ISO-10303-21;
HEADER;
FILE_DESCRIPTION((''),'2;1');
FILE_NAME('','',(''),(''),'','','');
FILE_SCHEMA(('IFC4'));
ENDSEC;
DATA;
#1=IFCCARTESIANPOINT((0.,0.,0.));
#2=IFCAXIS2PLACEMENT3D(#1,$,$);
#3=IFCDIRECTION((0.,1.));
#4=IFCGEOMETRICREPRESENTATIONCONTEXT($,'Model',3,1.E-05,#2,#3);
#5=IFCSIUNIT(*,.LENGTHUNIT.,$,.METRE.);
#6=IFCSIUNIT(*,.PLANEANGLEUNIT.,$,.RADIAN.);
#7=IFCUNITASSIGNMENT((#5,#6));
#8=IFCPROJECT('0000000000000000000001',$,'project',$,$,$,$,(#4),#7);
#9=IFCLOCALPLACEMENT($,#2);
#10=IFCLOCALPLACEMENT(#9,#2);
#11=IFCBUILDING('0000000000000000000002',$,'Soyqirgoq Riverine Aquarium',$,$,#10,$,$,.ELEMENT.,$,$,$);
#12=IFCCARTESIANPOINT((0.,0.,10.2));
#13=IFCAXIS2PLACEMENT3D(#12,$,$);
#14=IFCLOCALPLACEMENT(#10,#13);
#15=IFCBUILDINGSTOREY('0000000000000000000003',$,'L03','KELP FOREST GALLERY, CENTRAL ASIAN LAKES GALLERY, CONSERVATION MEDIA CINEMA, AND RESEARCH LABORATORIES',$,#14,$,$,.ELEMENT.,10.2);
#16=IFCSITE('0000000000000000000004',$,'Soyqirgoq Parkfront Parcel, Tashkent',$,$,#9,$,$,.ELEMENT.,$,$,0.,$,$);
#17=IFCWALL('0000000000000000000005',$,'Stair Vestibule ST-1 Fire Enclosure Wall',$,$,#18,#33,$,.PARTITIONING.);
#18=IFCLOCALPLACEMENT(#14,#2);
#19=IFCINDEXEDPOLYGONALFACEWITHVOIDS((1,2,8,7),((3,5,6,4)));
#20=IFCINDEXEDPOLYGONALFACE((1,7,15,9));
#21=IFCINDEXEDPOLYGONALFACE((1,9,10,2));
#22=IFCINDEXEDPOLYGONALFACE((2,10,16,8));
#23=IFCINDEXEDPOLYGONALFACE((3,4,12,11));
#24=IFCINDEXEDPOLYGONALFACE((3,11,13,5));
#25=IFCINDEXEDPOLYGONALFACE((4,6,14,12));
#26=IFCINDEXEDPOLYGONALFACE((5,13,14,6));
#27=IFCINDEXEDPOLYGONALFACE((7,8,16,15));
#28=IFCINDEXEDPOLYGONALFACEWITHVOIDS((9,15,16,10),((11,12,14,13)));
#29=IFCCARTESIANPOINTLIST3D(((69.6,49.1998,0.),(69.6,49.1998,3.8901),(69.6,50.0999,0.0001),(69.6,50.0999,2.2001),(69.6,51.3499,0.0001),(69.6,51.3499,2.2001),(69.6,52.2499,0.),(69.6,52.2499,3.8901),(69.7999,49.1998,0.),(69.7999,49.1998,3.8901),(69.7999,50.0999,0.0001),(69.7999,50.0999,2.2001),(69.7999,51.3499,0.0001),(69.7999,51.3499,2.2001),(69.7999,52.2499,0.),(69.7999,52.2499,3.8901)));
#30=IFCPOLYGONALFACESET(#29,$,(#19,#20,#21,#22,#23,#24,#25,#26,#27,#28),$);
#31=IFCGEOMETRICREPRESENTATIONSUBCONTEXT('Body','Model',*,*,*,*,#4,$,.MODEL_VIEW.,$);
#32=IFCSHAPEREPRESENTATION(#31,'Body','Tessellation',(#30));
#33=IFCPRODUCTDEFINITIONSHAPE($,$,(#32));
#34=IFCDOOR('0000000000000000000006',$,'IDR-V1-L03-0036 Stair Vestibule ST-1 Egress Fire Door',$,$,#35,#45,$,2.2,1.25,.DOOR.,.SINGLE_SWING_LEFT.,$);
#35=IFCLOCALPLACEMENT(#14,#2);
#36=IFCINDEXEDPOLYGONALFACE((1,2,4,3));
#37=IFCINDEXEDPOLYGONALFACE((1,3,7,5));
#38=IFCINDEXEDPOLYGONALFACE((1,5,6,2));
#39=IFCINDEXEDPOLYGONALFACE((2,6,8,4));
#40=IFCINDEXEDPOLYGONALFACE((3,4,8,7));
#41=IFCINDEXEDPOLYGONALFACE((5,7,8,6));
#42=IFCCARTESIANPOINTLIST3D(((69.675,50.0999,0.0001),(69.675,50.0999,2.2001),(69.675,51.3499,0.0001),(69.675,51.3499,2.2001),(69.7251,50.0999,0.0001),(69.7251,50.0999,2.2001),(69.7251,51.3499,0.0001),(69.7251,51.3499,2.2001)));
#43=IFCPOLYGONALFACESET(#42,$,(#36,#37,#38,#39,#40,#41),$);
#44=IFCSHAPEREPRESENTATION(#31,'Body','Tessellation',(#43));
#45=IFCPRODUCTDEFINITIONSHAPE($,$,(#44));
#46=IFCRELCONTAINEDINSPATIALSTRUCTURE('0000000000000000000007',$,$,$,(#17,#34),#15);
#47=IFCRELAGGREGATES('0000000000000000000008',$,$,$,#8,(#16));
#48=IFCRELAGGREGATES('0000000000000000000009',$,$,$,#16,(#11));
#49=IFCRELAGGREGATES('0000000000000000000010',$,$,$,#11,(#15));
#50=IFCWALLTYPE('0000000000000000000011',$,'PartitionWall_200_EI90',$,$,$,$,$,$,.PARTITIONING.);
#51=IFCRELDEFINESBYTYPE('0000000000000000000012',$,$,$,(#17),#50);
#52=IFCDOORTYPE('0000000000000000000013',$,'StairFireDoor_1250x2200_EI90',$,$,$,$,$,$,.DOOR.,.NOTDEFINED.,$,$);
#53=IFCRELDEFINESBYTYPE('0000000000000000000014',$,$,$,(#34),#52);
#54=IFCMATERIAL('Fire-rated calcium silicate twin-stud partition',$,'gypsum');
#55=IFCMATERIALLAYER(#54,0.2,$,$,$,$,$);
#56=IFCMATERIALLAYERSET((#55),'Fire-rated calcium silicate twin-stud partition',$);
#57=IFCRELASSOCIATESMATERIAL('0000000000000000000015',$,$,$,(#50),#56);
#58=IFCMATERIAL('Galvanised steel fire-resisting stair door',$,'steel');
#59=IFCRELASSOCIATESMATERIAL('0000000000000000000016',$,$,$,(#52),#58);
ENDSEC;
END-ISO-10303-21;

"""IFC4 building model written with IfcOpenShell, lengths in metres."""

from ifc_helpers import new_model, si_unit, direction, frame, frame_2d, origin, place, context, subcontext, project, spatial, rectangle, extrude, material, layer, layer_set, type_object, element, fill, save


model = new_model("IFC4")

# Units and contexts
model_context = context("Model", 3, precision=1e-05, world=origin(), true_north=direction((0.0, 1.0)))
body_context = subcontext(model_context, "Body", "Model", "MODEL_VIEW")
ifc_project = project(units=[si_unit("LENGTHUNIT", "METRE"), si_unit("PLANEANGLEUNIT", "RADIAN")], contexts=[model_context])

# Site, building, storey
site_placement = place(None, origin())
site = spatial("IfcSite", under=ifc_project, at=site_placement, Name="Soyqirgoq Parkfront Parcel, Tashkent", CompositionType="ELEMENT", RefElevation=0.0)
building_placement = place(site_placement, origin())
building = spatial("IfcBuilding", under=site, at=building_placement, Name="Soyqirgoq Riverine Aquarium", CompositionType="ELEMENT")
storey_placement = place(building_placement, frame((0.0, 0.0, 10.2)))
storey = spatial("IfcBuildingStorey", under=building, at=storey_placement, Name="L03", Description="KELP FOREST GALLERY, CENTRAL ASIAN LAKES GALLERY, CONSERVATION MEDIA CINEMA, AND RESEARCH LABORATORIES", CompositionType="ELEMENT", Elevation=10.2)

# Shared definitions
ifc_material_1 = material(Name="Fire-rated calcium silicate twin-stud partition", Category="gypsum")
ifc_layer_1 = layer(ifc_material_1, 0.2)
ifc_layer_set_1 = layer_set([ifc_layer_1], Name="Fire-rated calcium silicate twin-stud partition")
wall_type_1 = type_object("IfcWallType", Name="PartitionWall_200_EI90", PredefinedType="PARTITIONING", material=ifc_layer_set_1)

# Wall, opening, door
wall_1_placement = place(storey_placement, frame((69.7, 49.2, 0.0), z_axis=(0.0, 0.0, 1.0), x_axis=(0.0, 1.0, 0.0)))
wall_1 = element("IfcWall", 1, at=wall_1_placement, inside=storey, type_object=wall_type_1, Name="Stair Vestibule ST-1 Fire Enclosure Wall", PredefinedType="PARTITIONING", context=body_context, shape_type="SweptSolid", body=[
    extrude(rectangle(XDim=3.05, YDim=0.2, at=frame_2d((1.5249, 0.0))), origin(), (0.0, 0.0, 1.0), 3.8901),
])
opening_1_placement = place(wall_1_placement, frame((0.8999, 0.0, 0.0)))
opening_1 = element("IfcOpeningElement", 2, at=opening_1_placement, cuts=wall_1, PredefinedType="OPENING", context=body_context, shape_type="SweptSolid", body=[
    extrude(rectangle(XDim=1.25, YDim=2.2, at=frame_2d((0.625, 1.1001))), frame((0.0, 0.1099, 0.0), z_axis=(0.0, -1.0, 0.0), x_axis=(1.0, 0.0, 0.0)), (0.0, 0.0, 1.0), 0.22),
])
ifc_material_2 = material(Name="Galvanised steel fire-resisting stair door", Category="steel")
door_type_1 = type_object("IfcDoorType", Name="StairFireDoor_1250x2200_EI90", OperationType="NOTDEFINED", PredefinedType="DOOR", material=ifc_material_2)
door_1_placement = place(opening_1_placement, origin())
door_1 = element("IfcDoor", 3, at=door_1_placement, inside=storey, type_object=door_type_1, Name="IDR-V1-L03-0036 Stair Vestibule ST-1 Egress Fire Door", OperationType="SINGLE_SWING_LEFT", OverallHeight=2.2, OverallWidth=1.25, PredefinedType="DOOR", context=body_context, shape_type="SweptSolid", body=[
    extrude(rectangle(XDim=1.25, YDim=2.2, at=frame_2d((0.625, 1.1001))), frame((0.0, 0.0249, 0.0), z_axis=(0.0, -1.0, 0.0), x_axis=(1.0, 0.0, 0.0)), (0.0, 0.0, 1.0), 0.05),
])
fill(opening_1, door_1)

save(model, "model.ifc")
